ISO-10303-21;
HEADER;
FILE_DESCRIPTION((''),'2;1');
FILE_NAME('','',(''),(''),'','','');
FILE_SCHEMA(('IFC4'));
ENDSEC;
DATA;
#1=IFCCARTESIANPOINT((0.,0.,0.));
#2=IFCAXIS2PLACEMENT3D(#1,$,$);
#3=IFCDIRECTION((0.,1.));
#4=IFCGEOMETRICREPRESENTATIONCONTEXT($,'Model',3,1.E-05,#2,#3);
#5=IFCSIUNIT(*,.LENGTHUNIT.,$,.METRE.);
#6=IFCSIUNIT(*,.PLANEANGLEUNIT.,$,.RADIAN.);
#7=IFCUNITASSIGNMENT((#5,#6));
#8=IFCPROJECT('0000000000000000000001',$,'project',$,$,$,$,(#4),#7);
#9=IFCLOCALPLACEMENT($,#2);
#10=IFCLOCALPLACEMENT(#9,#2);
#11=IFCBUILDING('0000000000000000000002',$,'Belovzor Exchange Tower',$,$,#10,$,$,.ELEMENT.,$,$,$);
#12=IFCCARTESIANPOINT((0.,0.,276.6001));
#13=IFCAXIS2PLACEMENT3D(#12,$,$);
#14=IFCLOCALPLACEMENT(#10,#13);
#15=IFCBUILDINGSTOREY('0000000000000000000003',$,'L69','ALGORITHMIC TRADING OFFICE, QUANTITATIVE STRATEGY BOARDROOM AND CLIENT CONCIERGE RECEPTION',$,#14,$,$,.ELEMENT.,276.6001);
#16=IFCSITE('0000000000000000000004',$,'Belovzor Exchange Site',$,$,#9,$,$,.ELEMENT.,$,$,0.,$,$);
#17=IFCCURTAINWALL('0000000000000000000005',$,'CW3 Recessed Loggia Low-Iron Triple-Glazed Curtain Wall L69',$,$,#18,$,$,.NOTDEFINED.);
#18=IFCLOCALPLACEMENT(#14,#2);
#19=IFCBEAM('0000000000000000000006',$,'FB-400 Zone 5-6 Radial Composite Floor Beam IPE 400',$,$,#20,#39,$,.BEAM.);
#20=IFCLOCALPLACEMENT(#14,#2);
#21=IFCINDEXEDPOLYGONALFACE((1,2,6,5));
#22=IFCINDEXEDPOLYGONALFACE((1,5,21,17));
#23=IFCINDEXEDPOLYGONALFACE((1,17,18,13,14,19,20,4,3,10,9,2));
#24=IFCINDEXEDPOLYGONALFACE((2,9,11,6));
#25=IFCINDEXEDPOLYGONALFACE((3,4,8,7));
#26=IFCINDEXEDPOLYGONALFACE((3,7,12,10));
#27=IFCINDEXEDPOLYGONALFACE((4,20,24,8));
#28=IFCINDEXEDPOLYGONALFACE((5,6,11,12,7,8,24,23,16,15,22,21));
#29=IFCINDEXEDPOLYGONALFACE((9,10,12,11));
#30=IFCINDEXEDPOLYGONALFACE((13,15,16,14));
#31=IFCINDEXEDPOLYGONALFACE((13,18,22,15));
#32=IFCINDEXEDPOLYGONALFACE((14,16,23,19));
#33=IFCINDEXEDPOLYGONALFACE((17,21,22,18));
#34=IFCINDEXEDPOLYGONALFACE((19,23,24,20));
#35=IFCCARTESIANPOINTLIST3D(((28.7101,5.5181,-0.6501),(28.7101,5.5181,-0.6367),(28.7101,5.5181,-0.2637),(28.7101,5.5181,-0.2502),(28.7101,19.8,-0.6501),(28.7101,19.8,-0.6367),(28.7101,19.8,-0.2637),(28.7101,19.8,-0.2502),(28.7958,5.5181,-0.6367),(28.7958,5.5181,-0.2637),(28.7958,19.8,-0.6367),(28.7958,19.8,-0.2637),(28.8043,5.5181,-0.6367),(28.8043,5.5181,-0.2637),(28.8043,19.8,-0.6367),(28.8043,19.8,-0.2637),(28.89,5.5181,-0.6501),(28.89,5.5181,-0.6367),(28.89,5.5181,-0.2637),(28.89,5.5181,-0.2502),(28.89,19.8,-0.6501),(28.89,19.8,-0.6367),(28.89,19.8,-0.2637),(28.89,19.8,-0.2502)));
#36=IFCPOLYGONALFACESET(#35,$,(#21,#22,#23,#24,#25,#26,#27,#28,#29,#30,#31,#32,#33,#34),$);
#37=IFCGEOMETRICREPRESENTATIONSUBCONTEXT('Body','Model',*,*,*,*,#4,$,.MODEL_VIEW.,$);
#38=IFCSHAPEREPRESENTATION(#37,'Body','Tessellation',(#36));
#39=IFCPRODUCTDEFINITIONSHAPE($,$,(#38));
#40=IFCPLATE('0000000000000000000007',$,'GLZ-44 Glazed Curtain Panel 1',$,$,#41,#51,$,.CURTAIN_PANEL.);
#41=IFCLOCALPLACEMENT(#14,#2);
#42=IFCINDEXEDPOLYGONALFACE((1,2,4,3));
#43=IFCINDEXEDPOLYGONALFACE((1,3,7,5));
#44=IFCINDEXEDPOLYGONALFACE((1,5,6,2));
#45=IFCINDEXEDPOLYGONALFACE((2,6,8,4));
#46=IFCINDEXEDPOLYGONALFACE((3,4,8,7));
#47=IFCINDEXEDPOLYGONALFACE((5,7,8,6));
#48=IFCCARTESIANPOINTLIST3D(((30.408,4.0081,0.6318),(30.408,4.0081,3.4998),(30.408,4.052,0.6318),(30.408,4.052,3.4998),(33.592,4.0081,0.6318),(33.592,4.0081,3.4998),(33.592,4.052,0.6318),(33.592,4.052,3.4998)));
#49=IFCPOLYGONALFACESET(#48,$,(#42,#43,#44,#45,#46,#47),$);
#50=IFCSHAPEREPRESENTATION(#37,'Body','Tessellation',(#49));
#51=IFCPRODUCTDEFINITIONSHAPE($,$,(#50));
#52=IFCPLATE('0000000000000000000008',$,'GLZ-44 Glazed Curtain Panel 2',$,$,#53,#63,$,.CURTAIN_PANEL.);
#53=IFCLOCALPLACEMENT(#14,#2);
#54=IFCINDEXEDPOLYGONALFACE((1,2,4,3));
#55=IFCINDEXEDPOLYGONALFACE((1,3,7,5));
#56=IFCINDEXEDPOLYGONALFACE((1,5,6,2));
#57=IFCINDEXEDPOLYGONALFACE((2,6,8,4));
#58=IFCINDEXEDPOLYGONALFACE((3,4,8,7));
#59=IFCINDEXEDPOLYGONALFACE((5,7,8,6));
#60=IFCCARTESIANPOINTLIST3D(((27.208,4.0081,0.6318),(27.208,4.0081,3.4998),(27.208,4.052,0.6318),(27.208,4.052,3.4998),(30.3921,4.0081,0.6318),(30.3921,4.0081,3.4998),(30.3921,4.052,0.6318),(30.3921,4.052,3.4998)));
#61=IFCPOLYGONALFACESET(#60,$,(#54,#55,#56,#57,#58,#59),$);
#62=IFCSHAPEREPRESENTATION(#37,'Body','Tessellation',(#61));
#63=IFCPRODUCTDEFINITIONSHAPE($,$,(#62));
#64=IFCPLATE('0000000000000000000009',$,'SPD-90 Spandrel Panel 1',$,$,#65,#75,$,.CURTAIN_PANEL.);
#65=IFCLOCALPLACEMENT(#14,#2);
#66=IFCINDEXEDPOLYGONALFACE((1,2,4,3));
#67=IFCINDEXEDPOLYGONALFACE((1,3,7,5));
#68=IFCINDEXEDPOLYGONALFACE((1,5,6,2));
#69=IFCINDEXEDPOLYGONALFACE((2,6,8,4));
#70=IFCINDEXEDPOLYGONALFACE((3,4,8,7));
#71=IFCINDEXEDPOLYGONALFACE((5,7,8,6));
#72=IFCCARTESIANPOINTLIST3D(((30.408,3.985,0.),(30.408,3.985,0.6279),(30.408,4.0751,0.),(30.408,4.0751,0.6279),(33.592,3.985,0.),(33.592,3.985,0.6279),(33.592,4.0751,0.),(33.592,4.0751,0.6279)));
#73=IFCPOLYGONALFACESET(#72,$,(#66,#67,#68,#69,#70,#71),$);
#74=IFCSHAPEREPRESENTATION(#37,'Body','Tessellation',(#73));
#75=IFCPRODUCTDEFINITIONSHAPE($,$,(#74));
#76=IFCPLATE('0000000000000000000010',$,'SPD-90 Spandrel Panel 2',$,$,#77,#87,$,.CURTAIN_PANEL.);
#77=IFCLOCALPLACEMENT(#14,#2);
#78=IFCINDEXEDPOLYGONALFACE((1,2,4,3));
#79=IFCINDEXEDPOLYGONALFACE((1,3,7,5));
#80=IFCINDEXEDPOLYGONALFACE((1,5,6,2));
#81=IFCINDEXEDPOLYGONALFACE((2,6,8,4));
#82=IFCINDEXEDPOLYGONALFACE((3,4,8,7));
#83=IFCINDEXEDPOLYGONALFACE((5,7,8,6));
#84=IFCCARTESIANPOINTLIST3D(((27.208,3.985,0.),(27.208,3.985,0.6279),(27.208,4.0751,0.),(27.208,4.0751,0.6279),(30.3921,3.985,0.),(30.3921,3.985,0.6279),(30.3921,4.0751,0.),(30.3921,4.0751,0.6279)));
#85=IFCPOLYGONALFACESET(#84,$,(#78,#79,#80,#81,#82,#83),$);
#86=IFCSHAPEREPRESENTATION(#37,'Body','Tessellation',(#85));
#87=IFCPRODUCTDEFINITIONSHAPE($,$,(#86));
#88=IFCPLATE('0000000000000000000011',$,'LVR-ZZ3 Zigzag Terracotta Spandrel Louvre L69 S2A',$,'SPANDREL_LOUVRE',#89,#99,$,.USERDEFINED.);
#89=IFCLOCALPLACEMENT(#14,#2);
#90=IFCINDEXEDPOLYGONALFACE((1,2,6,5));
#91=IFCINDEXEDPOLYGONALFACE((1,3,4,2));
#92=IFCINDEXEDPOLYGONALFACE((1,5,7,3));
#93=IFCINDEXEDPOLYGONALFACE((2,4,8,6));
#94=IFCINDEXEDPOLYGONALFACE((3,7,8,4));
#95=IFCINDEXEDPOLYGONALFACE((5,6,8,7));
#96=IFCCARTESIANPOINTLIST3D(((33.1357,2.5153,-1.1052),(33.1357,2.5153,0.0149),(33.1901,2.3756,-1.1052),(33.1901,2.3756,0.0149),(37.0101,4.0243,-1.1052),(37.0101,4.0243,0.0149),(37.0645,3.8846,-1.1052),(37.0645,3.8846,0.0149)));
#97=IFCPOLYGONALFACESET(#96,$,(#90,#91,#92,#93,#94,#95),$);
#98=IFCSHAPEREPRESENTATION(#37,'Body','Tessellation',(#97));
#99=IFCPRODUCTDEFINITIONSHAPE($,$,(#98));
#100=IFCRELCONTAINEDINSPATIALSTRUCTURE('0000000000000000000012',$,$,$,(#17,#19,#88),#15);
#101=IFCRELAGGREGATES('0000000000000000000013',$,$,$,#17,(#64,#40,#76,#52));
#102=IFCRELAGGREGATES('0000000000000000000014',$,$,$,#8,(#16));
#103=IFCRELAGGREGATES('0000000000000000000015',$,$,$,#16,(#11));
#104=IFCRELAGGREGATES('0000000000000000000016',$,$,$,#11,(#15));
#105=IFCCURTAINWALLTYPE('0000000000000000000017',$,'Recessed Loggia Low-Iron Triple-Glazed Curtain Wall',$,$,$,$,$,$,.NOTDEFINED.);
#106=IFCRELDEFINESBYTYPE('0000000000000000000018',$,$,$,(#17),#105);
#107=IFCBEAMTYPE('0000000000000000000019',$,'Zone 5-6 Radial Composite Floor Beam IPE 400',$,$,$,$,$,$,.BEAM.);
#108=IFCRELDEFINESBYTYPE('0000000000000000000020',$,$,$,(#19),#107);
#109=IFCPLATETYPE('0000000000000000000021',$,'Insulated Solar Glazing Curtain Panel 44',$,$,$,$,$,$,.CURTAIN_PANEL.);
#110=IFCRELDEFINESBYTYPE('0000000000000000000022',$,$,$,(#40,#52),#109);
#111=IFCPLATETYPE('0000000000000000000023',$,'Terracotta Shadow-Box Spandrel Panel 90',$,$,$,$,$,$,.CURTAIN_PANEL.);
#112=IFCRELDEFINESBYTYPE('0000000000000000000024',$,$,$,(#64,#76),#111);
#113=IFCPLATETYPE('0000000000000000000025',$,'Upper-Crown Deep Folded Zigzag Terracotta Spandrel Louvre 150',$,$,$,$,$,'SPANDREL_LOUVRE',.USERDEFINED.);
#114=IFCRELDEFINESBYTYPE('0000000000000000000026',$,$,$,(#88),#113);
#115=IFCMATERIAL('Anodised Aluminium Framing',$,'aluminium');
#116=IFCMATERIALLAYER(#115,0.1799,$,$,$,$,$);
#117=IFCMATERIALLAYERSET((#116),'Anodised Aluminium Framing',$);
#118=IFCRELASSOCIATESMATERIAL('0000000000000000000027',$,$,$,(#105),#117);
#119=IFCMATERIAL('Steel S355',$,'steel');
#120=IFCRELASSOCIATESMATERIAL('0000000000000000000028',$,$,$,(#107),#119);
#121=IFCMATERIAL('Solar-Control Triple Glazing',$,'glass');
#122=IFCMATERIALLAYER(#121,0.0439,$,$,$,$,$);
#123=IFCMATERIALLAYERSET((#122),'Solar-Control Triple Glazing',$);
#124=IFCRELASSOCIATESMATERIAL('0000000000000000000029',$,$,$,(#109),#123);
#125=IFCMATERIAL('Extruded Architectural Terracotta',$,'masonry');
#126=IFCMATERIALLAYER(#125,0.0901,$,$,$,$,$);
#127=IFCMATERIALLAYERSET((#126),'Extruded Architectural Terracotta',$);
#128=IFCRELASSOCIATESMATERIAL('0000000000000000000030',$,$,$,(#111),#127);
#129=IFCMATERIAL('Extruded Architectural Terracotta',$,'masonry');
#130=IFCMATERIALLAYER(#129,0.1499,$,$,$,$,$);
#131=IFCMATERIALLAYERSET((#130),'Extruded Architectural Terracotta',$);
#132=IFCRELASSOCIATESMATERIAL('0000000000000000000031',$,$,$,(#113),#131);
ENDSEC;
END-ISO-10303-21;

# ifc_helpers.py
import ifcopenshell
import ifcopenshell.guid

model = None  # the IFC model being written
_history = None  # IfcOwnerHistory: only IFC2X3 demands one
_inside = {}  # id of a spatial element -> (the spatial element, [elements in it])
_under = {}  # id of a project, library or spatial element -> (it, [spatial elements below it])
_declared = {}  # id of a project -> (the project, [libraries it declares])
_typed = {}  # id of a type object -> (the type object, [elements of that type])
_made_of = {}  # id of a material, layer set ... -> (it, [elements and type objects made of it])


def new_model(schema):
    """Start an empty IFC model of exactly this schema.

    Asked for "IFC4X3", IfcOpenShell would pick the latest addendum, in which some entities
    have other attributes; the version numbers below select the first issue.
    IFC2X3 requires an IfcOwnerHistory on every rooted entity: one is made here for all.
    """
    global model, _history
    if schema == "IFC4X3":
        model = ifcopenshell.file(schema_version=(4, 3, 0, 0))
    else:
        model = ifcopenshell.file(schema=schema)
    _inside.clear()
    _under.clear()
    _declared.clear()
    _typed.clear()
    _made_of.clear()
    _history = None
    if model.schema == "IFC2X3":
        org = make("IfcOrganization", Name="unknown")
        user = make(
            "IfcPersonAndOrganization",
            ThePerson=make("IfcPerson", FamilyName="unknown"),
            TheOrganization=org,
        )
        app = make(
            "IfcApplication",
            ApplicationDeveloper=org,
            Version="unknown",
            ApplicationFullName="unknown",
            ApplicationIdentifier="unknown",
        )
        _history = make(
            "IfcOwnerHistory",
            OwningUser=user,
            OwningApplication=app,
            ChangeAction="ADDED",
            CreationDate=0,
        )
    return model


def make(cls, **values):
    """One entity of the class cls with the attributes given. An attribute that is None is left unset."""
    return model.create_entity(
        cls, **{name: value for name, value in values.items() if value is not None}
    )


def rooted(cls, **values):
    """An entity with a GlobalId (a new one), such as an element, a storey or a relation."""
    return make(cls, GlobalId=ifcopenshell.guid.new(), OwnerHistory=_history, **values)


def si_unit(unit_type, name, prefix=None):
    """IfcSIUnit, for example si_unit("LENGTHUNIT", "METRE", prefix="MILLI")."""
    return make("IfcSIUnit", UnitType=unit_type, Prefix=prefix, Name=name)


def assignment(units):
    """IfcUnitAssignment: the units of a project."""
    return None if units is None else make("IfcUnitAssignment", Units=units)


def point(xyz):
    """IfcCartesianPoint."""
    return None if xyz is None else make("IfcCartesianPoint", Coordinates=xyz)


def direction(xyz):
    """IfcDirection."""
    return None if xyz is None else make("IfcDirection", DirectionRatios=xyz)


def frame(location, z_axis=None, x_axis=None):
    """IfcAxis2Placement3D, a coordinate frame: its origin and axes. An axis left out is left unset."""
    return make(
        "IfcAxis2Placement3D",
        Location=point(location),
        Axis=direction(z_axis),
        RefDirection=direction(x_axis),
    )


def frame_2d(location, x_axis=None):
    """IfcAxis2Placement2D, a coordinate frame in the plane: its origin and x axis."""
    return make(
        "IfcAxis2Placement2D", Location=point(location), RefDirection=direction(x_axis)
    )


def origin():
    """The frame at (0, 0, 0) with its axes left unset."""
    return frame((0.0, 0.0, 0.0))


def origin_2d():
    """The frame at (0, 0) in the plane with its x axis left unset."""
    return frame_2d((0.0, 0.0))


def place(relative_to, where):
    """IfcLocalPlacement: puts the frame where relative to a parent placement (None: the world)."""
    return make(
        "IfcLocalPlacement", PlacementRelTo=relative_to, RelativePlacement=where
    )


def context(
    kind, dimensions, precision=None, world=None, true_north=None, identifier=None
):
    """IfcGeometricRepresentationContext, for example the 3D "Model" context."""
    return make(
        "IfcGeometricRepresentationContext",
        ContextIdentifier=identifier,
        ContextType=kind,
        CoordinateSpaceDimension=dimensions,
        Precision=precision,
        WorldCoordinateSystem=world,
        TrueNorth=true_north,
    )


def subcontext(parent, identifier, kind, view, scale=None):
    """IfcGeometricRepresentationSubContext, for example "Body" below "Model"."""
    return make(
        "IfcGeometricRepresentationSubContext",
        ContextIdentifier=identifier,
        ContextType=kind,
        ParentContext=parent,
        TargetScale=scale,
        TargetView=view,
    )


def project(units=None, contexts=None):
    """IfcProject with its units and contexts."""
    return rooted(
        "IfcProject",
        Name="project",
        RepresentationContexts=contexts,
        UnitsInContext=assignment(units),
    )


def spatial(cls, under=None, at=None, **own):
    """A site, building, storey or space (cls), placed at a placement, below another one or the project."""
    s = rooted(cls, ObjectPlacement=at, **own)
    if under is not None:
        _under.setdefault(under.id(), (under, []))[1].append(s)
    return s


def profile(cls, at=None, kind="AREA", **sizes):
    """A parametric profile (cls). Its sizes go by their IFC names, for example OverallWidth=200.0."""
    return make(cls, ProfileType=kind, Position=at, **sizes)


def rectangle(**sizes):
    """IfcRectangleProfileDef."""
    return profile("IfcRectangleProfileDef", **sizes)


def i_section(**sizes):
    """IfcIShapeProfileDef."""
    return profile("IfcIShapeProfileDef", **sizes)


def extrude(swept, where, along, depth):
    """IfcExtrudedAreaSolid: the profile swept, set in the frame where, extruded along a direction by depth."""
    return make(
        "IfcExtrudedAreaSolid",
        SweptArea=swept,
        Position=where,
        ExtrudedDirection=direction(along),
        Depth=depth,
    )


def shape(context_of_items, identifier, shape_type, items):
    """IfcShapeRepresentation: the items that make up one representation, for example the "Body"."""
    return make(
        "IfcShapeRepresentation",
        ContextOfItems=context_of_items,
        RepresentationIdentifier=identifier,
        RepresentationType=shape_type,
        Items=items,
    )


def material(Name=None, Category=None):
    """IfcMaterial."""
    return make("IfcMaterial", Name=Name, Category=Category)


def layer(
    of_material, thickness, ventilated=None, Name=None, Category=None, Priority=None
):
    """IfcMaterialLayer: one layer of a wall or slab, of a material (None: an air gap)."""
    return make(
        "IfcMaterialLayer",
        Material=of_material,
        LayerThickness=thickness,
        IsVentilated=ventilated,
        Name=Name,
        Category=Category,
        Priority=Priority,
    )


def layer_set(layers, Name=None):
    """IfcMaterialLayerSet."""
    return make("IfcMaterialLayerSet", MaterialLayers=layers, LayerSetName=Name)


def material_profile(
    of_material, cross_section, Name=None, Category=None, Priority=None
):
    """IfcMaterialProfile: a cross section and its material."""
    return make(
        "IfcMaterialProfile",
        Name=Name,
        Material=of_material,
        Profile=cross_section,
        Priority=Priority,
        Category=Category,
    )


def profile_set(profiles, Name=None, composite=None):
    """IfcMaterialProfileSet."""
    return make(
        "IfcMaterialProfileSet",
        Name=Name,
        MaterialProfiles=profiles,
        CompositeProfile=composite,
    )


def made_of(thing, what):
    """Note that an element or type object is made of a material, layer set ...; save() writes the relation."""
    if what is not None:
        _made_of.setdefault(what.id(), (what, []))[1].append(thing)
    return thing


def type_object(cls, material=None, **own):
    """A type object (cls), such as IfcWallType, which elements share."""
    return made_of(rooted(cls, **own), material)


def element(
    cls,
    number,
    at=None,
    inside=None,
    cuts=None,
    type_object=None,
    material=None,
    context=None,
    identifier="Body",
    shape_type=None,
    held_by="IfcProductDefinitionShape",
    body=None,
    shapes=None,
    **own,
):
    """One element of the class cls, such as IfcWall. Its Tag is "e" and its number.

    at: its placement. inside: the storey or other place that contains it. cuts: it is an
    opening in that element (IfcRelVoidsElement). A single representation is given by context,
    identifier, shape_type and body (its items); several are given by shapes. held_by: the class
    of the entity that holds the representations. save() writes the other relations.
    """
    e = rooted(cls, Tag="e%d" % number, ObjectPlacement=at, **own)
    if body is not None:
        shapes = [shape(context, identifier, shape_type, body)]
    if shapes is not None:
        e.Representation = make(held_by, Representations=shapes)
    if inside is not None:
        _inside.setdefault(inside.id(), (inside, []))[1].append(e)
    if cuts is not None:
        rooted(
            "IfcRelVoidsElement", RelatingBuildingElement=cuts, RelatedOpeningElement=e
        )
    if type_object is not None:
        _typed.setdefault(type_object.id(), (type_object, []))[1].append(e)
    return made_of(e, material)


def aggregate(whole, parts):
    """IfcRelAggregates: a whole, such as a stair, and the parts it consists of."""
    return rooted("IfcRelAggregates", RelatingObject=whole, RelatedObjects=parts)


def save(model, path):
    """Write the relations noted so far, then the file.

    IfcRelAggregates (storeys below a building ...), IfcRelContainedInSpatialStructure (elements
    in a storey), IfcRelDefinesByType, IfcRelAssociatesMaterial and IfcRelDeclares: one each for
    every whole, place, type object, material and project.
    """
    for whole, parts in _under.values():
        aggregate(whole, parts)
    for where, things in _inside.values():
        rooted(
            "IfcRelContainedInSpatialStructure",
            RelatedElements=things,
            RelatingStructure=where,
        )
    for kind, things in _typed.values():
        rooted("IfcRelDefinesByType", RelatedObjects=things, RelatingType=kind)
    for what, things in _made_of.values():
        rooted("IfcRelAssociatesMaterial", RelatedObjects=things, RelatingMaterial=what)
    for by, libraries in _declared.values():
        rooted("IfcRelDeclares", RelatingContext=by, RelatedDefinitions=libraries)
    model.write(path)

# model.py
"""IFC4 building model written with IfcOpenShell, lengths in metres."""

from ifc_helpers import new_model, si_unit, direction, frame, origin, origin_2d, place, context, subcontext, project, spatial, rectangle, i_section, extrude, material, layer, layer_set, material_profile, profile_set, type_object, element, aggregate, save


model = new_model("IFC4")

# Units and contexts
model_context = context("Model", 3, precision=1e-05, world=origin(), true_north=direction((0.0, 1.0)))
body_context = subcontext(model_context, "Body", "Model", "MODEL_VIEW")
ifc_project = project(units=[si_unit("LENGTHUNIT", "METRE"), si_unit("PLANEANGLEUNIT", "RADIAN")], contexts=[model_context])

# Site, building, storey
site_placement = place(None, origin())
site = spatial("IfcSite", under=ifc_project, at=site_placement, Name="Belovzor Exchange Site", CompositionType="ELEMENT", RefElevation=0.0)
building_placement = place(site_placement, origin())
building = spatial("IfcBuilding", under=site, at=building_placement, Name="Belovzor Exchange Tower", CompositionType="ELEMENT")
storey_placement = place(building_placement, frame((0.0, 0.0, 276.6001)))
storey = spatial("IfcBuildingStorey", under=building, at=storey_placement, Name="L69", Description="ALGORITHMIC TRADING OFFICE, QUANTITATIVE STRATEGY BOARDROOM AND CLIENT CONCIERGE RECEPTION", CompositionType="ELEMENT", Elevation=276.6001)

# Curtain wall
ifc_material_1 = material(Name="Anodised Aluminium Framing", Category="aluminium")
ifc_layer_1 = layer(ifc_material_1, 0.1799)
ifc_layer_set_1 = layer_set([ifc_layer_1], Name="Anodised Aluminium Framing")
curtain_wall_type = type_object("IfcCurtainWallType", Name="Recessed Loggia Low-Iron Triple-Glazed Curtain Wall", PredefinedType="NOTDEFINED", material=ifc_layer_set_1)
curtain_wall_placement = place(storey_placement, origin())
curtain_wall = element("IfcCurtainWall", 1, at=curtain_wall_placement, inside=storey, type_object=curtain_wall_type, Name="CW3 Recessed Loggia Low-Iron Triple-Glazed Curtain Wall L69", PredefinedType="NOTDEFINED")

# Beam
ifc_material_2 = material(Name="Steel S355", Category="steel")
ifc_material_profile_1 = material_profile(ifc_material_2, i_section(OverallWidth=0.1799, OverallDepth=0.3999, WebThickness=0.0085, FlangeThickness=0.0134, at=origin_2d()))
ifc_profile_set_1 = profile_set([ifc_material_profile_1], Name="Steel S355")
beam_type_1 = type_object("IfcBeamType", Name="Zone 5-6 Radial Composite Floor Beam IPE 400", PredefinedType="BEAM", material=ifc_profile_set_1)
beam_1_placement = place(storey_placement, frame((28.8, 19.8, -0.4502), z_axis=(0.0, -1.0, 0.0), x_axis=(1.0, 0.0, 0.0)))
element("IfcBeam", 2, at=beam_1_placement, inside=storey, type_object=beam_type_1, Name="FB-400 Zone 5-6 Radial Composite Floor Beam IPE 400", PredefinedType="BEAM", context=body_context, shape_type="SweptSolid", body=[
    extrude(i_section(OverallWidth=0.1799, OverallDepth=0.3999, WebThickness=0.0085, FlangeThickness=0.0134, at=origin_2d()), origin(), (0.0, 0.0, 1.0), 14.282),
])

# Plates
ifc_material_3 = material(Name="Solar-Control Triple Glazing", Category="glass")
ifc_layer_2 = layer(ifc_material_3, 0.0439)
ifc_layer_set_2 = layer_set([ifc_layer_2], Name="Solar-Control Triple Glazing")
plate_type_1 = type_object("IfcPlateType", Name="Insulated Solar Glazing Curtain Panel 44", PredefinedType="CURTAIN_PANEL", material=ifc_layer_set_2)
plate_1_placement = place(storey_placement, frame((32.0, 4.03, 0.6318), z_axis=(0.0, 0.0, 1.0), x_axis=(-1.0, 0.0, 0.0)))
plate_1 = element("IfcPlate", 3, at=plate_1_placement, type_object=plate_type_1, Name="GLZ-44 Glazed Curtain Panel 1", PredefinedType="CURTAIN_PANEL", context=body_context, shape_type="SweptSolid", body=[
    extrude(rectangle(XDim=3.1841, YDim=0.0439, at=origin_2d()), origin(), (0.0, 0.0, 1.0), 2.8679),
])
plate_2_placement = place(storey_placement, frame((28.8, 4.03, 0.6318), z_axis=(0.0, 0.0, 1.0), x_axis=(-1.0, 0.0, 0.0)))
plate_2 = element("IfcPlate", 4, at=plate_2_placement, type_object=plate_type_1, Name="GLZ-44 Glazed Curtain Panel 2", PredefinedType="CURTAIN_PANEL", context=body_context, shape_type="SweptSolid", body=[
    extrude(rectangle(XDim=3.1841, YDim=0.0439, at=origin_2d()), origin(), (0.0, 0.0, 1.0), 2.8679),
])
ifc_material_4 = material(Name="Extruded Architectural Terracotta", Category="masonry")
ifc_layer_3 = layer(ifc_material_4, 0.0901)
ifc_layer_set_3 = layer_set([ifc_layer_3], Name="Extruded Architectural Terracotta")
plate_type_2 = type_object("IfcPlateType", Name="Terracotta Shadow-Box Spandrel Panel 90", PredefinedType="CURTAIN_PANEL", material=ifc_layer_set_3)
plate_3_placement = place(storey_placement, frame((32.0, 4.03, 0.0), z_axis=(0.0, 0.0, 1.0), x_axis=(-1.0, 0.0, 0.0)))
plate_3 = element("IfcPlate", 5, at=plate_3_placement, type_object=plate_type_2, Name="SPD-90 Spandrel Panel 1", PredefinedType="CURTAIN_PANEL", context=body_context, shape_type="SweptSolid", body=[
    extrude(rectangle(XDim=3.1841, YDim=0.0901, at=origin_2d()), origin(), (0.0, 0.0, 1.0), 0.6279),
])
plate_4_placement = place(storey_placement, frame((28.8, 4.03, 0.0), z_axis=(0.0, 0.0, 1.0), x_axis=(-1.0, 0.0, 0.0)))
plate_4 = element("IfcPlate", 6, at=plate_4_placement, type_object=plate_type_2, Name="SPD-90 Spandrel Panel 2", PredefinedType="CURTAIN_PANEL", context=body_context, shape_type="SweptSolid", body=[
    extrude(rectangle(XDim=3.1841, YDim=0.0901, at=origin_2d()), origin(), (0.0, 0.0, 1.0), 0.6279),
])
aggregate(curtain_wall, [plate_3, plate_1, plate_4, plate_2])
ifc_material_5 = material(Name="Extruded Architectural Terracotta", Category="masonry")
ifc_layer_4 = layer(ifc_material_5, 0.1499)
ifc_layer_set_4 = layer_set([ifc_layer_4], Name="Extruded Architectural Terracotta")
plate_type_3 = type_object("IfcPlateType", Name="Upper-Crown Deep Folded Zigzag Terracotta Spandrel Louvre 150", ElementType="SPANDREL_LOUVRE", PredefinedType="USERDEFINED", material=ifc_layer_set_4)
plate_5_placement = place(storey_placement, frame((35.1001, 3.2, -1.1052), z_axis=(0.0, 0.0, 1.0), x_axis=(0.931818, 0.362926, 0.0)))
element("IfcPlate", 7, at=plate_5_placement, inside=storey, type_object=plate_type_3, Name="LVR-ZZ3 Zigzag Terracotta Spandrel Louvre L69 S2A", ObjectType="SPANDREL_LOUVRE", PredefinedType="USERDEFINED", context=body_context, shape_type="SweptSolid", body=[
    extrude(rectangle(XDim=4.158, YDim=0.1499, at=origin_2d()), origin(), (0.0, 0.0, 1.0), 1.1201),
])

save(model, "model.ifc")
